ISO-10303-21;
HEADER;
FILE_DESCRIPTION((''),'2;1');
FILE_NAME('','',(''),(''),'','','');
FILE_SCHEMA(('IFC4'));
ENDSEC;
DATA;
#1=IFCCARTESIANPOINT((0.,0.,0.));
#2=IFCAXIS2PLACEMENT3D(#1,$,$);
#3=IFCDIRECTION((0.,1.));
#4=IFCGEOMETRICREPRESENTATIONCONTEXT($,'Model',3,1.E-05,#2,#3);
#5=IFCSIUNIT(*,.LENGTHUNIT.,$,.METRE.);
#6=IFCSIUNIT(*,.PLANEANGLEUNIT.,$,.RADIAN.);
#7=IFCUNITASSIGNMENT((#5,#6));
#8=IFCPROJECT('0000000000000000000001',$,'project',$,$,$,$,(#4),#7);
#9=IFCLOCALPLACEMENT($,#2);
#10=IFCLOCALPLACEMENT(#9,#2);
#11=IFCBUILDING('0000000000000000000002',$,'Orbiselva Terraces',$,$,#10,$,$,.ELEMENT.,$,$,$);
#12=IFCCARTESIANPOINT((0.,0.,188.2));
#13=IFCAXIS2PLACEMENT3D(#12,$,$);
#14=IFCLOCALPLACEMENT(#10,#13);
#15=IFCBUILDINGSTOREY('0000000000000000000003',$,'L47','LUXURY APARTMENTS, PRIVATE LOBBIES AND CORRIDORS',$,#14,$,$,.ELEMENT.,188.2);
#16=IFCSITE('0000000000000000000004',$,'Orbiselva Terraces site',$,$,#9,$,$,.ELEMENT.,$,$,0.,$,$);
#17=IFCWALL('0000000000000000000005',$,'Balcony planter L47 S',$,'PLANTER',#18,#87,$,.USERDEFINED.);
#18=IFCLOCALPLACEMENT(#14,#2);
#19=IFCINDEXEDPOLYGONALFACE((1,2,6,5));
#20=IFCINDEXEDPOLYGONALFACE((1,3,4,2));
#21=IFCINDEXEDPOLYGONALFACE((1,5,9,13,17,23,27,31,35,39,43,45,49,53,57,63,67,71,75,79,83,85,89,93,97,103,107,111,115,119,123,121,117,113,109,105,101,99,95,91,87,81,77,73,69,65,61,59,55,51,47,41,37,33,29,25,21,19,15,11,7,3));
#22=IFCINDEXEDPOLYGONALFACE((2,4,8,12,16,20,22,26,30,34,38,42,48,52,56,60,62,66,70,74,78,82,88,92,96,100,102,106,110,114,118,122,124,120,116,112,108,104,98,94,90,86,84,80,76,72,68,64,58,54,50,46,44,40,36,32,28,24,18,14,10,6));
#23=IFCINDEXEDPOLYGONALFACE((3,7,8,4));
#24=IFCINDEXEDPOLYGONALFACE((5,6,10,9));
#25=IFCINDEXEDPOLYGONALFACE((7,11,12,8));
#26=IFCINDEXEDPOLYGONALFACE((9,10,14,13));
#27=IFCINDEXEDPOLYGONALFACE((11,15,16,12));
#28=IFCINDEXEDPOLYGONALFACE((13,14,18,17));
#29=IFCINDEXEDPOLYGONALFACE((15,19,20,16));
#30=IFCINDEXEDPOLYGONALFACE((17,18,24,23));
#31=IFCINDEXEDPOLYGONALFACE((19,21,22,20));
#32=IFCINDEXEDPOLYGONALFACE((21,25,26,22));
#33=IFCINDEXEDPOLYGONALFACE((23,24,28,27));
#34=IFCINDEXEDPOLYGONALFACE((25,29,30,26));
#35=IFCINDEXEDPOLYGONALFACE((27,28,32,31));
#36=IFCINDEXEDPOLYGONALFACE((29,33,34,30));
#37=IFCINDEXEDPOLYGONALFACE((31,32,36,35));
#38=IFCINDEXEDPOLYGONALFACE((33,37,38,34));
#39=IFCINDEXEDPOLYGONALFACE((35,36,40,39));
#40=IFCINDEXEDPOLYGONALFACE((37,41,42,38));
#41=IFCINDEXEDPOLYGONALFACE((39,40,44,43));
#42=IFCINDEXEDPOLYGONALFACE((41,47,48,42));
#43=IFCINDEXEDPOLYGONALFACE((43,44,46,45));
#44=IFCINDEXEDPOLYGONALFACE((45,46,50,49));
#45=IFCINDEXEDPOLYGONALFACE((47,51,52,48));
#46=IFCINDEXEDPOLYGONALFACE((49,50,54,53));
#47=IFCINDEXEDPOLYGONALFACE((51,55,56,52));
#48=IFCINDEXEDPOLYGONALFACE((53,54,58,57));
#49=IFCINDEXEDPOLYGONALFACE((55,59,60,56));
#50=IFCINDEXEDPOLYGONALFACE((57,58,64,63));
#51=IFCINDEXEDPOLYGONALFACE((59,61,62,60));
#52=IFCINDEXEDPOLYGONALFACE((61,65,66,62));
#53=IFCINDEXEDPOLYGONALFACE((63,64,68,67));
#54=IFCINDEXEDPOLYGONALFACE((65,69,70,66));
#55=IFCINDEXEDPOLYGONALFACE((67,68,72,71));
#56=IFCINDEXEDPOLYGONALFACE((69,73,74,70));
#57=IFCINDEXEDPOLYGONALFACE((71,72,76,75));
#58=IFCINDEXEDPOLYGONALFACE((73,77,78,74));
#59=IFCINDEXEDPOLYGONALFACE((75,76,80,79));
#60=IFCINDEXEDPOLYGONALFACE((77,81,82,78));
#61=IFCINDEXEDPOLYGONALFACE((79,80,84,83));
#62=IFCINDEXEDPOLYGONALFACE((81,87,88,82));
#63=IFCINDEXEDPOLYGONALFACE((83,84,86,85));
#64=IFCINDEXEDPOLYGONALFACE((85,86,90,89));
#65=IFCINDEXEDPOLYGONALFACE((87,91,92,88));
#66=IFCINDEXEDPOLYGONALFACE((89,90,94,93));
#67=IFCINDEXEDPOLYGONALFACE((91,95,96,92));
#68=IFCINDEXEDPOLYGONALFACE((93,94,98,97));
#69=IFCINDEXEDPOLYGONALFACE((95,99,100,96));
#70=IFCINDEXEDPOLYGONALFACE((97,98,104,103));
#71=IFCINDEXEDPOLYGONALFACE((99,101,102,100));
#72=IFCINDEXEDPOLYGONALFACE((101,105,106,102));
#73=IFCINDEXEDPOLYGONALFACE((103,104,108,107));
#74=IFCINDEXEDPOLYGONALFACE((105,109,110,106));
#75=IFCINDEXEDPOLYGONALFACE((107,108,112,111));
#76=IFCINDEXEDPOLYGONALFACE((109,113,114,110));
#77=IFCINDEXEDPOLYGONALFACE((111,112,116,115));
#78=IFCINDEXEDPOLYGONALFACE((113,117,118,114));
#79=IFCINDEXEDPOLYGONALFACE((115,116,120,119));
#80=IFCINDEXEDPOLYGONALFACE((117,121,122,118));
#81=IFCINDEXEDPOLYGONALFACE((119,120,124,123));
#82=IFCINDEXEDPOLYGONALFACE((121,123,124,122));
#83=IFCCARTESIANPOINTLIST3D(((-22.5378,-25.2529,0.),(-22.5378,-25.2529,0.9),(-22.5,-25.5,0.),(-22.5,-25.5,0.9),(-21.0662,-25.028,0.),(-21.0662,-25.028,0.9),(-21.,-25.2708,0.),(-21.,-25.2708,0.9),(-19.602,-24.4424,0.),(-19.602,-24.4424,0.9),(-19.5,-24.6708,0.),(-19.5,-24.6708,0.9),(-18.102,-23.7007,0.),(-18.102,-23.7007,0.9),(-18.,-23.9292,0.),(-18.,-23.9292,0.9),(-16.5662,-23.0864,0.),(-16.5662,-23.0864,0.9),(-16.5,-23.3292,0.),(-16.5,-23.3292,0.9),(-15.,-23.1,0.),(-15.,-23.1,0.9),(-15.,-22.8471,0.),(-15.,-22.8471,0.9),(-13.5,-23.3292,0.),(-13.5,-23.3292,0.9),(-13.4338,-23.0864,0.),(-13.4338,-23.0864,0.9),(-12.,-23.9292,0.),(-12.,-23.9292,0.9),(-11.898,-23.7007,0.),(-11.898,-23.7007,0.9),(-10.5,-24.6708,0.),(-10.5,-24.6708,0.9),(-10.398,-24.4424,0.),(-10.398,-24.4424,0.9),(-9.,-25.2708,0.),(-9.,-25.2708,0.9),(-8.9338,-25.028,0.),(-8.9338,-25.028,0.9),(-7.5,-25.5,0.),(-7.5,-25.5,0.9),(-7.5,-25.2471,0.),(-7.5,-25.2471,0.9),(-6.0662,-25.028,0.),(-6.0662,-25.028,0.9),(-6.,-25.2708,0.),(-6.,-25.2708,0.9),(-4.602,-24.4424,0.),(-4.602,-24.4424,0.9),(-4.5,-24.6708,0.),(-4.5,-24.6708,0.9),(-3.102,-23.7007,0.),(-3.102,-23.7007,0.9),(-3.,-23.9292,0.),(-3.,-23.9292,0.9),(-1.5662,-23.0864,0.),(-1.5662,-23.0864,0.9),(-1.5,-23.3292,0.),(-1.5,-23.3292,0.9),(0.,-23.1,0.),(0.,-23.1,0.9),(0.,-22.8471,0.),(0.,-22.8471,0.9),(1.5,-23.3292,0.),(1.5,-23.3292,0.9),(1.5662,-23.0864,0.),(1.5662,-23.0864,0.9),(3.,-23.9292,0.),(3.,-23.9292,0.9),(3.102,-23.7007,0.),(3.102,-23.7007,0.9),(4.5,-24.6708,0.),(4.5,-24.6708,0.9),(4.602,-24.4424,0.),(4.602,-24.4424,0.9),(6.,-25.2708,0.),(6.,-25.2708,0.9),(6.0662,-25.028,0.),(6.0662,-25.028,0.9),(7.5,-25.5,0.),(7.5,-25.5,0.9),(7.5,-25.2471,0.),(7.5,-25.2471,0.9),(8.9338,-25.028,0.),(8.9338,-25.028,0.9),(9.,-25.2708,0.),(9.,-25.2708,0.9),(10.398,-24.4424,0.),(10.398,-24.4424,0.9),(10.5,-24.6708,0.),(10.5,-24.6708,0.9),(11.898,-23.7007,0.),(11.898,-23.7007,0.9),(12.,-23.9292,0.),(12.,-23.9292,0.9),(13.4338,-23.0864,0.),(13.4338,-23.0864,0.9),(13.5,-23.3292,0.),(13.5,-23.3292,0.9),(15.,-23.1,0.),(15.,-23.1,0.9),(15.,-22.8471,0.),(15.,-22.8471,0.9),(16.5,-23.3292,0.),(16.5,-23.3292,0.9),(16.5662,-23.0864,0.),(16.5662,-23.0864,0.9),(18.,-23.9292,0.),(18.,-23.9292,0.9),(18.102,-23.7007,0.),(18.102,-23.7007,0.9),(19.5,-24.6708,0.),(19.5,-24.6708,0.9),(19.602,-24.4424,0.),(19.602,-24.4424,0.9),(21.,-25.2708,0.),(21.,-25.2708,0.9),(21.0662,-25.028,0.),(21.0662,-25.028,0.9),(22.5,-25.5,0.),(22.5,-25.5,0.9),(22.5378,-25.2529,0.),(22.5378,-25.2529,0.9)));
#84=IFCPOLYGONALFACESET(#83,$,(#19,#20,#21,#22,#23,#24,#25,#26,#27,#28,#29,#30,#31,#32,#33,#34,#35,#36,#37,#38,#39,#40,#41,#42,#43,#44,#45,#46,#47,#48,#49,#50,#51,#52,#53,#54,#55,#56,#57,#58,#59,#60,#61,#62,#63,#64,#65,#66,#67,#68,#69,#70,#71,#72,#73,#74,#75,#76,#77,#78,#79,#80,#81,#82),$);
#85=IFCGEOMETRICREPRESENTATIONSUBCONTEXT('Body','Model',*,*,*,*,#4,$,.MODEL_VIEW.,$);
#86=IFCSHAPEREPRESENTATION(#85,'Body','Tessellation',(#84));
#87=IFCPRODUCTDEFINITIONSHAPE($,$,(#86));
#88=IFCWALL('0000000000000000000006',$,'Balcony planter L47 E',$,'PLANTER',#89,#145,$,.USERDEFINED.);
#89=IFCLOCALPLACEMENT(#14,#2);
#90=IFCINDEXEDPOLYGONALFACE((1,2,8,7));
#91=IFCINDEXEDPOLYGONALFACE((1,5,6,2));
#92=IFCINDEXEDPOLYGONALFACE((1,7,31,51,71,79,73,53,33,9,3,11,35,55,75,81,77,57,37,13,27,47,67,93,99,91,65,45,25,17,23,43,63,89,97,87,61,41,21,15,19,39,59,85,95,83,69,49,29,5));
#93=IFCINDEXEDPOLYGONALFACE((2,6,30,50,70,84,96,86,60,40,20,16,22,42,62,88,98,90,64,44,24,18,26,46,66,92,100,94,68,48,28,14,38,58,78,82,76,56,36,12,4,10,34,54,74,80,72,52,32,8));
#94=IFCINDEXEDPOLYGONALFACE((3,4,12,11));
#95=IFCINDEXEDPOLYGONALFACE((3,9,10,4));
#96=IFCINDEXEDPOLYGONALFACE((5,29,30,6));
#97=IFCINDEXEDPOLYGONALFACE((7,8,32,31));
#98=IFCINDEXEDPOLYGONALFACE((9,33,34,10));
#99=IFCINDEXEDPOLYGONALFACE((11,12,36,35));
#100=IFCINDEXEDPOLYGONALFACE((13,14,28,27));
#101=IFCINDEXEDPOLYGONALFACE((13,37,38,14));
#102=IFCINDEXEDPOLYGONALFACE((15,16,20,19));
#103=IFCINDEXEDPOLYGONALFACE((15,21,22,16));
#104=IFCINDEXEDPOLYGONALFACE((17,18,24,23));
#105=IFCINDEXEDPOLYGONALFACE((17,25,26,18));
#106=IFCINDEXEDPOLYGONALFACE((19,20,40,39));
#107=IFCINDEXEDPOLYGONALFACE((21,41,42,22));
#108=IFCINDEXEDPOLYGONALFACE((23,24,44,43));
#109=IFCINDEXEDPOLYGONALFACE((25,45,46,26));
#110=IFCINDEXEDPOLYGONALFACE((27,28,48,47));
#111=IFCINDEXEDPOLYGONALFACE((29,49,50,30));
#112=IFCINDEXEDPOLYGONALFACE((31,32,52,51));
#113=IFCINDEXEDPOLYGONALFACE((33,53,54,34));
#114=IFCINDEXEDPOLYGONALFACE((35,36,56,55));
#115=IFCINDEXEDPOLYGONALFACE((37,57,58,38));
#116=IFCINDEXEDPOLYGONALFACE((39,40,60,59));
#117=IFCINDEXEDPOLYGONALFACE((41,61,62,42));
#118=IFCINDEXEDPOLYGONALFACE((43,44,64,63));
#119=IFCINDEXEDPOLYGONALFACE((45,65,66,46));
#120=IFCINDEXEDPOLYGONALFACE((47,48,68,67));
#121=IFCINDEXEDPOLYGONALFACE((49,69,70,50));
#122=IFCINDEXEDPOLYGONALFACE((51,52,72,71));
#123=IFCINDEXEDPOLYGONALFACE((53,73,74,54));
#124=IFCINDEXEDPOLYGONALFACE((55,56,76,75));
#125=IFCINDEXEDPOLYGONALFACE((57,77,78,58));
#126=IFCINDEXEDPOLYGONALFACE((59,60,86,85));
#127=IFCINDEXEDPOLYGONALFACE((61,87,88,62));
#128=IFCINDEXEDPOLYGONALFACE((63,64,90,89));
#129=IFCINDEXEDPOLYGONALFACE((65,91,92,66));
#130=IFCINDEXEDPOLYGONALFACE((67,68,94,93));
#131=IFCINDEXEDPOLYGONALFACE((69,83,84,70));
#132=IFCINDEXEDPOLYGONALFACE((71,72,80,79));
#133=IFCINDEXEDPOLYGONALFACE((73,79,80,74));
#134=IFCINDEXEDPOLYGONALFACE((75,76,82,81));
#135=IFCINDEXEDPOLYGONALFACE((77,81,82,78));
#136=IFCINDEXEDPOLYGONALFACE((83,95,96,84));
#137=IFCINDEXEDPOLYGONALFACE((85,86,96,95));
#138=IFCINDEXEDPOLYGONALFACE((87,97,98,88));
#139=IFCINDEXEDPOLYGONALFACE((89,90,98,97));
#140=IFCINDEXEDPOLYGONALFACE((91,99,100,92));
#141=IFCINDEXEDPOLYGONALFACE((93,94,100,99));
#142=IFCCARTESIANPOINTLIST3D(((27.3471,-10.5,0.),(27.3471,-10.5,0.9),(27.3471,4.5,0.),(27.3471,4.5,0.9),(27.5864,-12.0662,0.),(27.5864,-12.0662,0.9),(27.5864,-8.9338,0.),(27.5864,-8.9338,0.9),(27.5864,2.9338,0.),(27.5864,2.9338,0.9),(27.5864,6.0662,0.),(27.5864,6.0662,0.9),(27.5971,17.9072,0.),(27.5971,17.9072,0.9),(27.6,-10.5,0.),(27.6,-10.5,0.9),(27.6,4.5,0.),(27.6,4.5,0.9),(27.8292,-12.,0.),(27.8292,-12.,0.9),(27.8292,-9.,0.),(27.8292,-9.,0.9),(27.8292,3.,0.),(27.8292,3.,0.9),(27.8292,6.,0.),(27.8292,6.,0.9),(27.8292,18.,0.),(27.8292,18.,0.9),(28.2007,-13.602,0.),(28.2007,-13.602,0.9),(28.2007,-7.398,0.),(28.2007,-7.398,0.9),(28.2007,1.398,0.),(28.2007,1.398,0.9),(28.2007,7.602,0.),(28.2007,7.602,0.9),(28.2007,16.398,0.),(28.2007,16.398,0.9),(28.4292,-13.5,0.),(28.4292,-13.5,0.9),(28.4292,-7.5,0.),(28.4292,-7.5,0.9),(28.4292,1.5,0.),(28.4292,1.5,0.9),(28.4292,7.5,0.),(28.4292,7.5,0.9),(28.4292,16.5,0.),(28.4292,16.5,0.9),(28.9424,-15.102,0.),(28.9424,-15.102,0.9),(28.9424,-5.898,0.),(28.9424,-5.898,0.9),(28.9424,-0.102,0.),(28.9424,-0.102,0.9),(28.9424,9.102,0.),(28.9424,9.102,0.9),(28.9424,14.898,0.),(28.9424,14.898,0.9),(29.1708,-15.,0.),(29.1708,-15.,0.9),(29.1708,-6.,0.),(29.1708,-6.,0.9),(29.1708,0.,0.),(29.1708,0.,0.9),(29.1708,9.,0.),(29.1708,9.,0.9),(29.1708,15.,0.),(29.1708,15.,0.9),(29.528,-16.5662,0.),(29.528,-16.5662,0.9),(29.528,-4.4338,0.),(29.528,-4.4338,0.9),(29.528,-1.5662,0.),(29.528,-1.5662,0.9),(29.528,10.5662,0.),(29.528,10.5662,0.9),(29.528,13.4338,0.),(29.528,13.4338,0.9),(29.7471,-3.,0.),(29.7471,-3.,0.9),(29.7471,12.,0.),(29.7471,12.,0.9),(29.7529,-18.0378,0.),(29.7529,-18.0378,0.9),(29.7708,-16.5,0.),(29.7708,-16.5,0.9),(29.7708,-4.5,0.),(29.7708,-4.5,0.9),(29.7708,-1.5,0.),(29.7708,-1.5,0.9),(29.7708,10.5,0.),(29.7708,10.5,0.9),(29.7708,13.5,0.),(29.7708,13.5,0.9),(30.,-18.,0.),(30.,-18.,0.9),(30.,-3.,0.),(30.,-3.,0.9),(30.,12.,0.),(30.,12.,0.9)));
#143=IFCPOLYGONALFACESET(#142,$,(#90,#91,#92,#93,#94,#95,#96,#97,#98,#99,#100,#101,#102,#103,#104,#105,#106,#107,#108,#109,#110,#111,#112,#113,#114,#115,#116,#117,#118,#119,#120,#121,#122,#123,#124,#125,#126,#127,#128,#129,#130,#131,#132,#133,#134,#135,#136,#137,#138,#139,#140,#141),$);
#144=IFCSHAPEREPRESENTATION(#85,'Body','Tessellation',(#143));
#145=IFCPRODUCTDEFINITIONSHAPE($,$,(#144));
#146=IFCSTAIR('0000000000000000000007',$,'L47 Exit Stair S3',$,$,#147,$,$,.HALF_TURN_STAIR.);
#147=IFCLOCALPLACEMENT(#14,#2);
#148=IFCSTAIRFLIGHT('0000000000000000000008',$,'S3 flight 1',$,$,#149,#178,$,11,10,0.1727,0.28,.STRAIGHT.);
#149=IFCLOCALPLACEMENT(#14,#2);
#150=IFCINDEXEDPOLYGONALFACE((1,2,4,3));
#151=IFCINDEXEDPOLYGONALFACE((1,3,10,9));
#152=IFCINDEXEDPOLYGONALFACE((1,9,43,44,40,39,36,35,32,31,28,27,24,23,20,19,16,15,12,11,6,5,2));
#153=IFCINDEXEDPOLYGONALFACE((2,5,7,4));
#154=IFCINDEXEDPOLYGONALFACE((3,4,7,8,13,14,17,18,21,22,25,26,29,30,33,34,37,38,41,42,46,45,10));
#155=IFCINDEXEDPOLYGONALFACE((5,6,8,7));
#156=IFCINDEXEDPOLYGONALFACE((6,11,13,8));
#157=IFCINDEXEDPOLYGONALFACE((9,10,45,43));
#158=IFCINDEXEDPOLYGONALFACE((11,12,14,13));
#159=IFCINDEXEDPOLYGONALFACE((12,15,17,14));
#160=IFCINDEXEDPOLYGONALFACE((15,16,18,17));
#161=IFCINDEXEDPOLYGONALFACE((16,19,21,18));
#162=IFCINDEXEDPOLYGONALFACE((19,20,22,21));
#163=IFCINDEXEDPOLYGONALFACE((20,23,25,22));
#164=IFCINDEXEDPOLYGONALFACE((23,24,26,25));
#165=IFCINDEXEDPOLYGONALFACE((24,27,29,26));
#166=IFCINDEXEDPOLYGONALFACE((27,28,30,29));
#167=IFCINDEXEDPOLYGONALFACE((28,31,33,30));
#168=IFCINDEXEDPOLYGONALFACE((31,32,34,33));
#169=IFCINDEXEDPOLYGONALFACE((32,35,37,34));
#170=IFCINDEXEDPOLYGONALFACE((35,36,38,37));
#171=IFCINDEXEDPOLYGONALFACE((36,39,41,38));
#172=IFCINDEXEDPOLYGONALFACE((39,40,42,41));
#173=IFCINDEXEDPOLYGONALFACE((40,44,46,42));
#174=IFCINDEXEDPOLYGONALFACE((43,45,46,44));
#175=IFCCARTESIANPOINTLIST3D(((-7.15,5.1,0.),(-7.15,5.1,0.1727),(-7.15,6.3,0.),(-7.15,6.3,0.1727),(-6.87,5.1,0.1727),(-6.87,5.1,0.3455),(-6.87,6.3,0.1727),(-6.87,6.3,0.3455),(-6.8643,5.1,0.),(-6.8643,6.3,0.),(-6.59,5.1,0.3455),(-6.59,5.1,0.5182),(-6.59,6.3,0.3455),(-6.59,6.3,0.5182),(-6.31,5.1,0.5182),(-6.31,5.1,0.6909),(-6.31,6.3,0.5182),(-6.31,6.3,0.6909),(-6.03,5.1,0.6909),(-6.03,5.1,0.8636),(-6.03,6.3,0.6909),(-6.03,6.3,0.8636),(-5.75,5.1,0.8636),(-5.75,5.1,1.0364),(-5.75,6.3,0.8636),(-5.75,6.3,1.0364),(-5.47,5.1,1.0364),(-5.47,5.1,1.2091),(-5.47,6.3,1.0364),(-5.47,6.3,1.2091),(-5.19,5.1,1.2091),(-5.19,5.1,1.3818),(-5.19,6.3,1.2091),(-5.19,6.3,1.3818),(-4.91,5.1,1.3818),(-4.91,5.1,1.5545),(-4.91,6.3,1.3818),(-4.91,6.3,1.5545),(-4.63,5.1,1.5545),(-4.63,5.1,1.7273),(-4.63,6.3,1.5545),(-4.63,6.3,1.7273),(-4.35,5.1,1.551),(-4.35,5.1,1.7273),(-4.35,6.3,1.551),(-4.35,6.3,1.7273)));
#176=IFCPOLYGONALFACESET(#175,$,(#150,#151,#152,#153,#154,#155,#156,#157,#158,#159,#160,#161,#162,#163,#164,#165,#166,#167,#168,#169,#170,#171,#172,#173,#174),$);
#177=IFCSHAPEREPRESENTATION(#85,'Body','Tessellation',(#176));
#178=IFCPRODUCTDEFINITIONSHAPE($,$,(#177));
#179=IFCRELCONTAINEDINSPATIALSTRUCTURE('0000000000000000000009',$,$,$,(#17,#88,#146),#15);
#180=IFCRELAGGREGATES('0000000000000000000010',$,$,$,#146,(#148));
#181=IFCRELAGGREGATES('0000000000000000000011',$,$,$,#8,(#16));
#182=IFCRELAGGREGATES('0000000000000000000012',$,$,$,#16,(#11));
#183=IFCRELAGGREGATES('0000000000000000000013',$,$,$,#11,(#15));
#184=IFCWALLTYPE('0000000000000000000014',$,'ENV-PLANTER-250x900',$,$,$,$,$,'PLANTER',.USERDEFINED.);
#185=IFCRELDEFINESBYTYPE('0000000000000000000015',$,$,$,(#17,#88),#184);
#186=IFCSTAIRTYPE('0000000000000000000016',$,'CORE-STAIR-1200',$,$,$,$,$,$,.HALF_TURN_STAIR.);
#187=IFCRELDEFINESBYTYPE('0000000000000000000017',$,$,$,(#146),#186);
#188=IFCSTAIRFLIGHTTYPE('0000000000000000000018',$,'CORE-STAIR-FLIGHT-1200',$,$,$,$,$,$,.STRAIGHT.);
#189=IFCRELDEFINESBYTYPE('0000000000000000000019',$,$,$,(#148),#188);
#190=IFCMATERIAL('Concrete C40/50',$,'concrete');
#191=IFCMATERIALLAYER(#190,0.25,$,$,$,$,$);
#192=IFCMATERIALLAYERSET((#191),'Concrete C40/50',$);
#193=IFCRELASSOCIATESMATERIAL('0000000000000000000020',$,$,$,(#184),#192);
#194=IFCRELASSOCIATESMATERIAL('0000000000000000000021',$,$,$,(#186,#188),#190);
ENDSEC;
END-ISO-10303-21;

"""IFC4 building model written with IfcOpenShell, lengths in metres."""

from ifc_helpers import new_model, si_unit, direction, frame, origin, place, context, subcontext, project, spatial, polyline, outline, extrude, material, layer, layer_set, type_object, element, aggregate, save


model = new_model("IFC4")

# Units and contexts
model_context = context("Model", 3, precision=1e-05, world=origin(), true_north=direction((0.0, 1.0)))
body_context = subcontext(model_context, "Body", "Model", "MODEL_VIEW")
ifc_project = project(units=[si_unit("LENGTHUNIT", "METRE"), si_unit("PLANEANGLEUNIT", "RADIAN")], contexts=[model_context])

# Site, building, storey
site_placement = place(None, origin())
site = spatial("IfcSite", under=ifc_project, at=site_placement, Name="Orbiselva Terraces site", CompositionType="ELEMENT", RefElevation=0.0)
building_placement = place(site_placement, origin())
building = spatial("IfcBuilding", under=site, at=building_placement, Name="Orbiselva Terraces", CompositionType="ELEMENT")
storey_placement = place(building_placement, frame((0.0, 0.0, 188.2)))
storey = spatial("IfcBuildingStorey", under=building, at=storey_placement, Name="L47", Description="LUXURY APARTMENTS, PRIVATE LOBBIES AND CORRIDORS", CompositionType="ELEMENT", Elevation=188.2)

# Walls
ifc_material_1 = material(Name="Concrete C40/50", Category="concrete")
ifc_layer_1 = layer(ifc_material_1, 0.25)
ifc_layer_set_1 = layer_set([ifc_layer_1], Name="Concrete C40/50")
wall_type_1 = type_object("IfcWallType", Name="ENV-PLANTER-250x900", ElementType="PLANTER", PredefinedType="USERDEFINED", material=ifc_layer_set_1)
wall_1_placement = place(storey_placement, origin())
element("IfcWall", 1, at=wall_1_placement, inside=storey, type_object=wall_type_1, Name="Balcony planter L47 S", ObjectType="PLANTER", PredefinedType="USERDEFINED", context=body_context, shape_type="SweptSolid", body=[
    extrude(outline(polyline([(-22.5, -25.5), (-21.0, -25.2708), (-19.5, -24.6708), (-18.0, -23.9292), (-16.5, -23.3292), (-15.0, -23.1), (-13.5, -23.3292), (-12.0, -23.9292), (-10.5, -24.6708), (-9.0, -25.2708), (-7.5, -25.5), (-6.0, -25.2708), (-4.5, -24.6708), (-3.0, -23.9292), (-1.5, -23.3292), (0.0, -23.1), (1.5, -23.3292), (3.0, -23.9292), (4.5, -24.6708), (6.0, -25.2708), (7.5, -25.5), (9.0, -25.2708), (10.5, -24.6708), (12.0, -23.9292), (13.5, -23.3292), (15.0, -23.1), (16.5, -23.3292), (18.0, -23.9292), (19.5, -24.6708), (21.0, -25.2708), (22.5, -25.5), (22.5378, -25.2529), (21.0662, -25.028), (19.602, -24.4424), (18.102, -23.7007), (16.5662, -23.0864), (15.0, -22.8471), (13.4338, -23.0864), (11.898, -23.7007), (10.398, -24.4424), (8.9338, -25.028), (7.5, -25.2471), (6.0662, -25.028), (4.602, -24.4424), (3.102, -23.7007), (1.5662, -23.0864), (0.0, -22.8471), (-1.5662, -23.0864), (-3.102, -23.7007), (-4.602, -24.4424), (-6.0662, -25.028), (-7.5, -25.2471), (-8.9338, -25.028), (-10.398, -24.4424), (-11.898, -23.7007), (-13.4338, -23.0864), (-15.0, -22.8471), (-16.5662, -23.0864), (-18.102, -23.7007), (-19.602, -24.4424), (-21.0662, -25.028), (-22.5378, -25.2529), (-22.5, -25.5)])), origin(), (0.0, 0.0, 1.0), 0.9),
])
wall_2_placement = place(storey_placement, origin())
element("IfcWall", 2, at=wall_2_placement, inside=storey, type_object=wall_type_1, Name="Balcony planter L47 E", ObjectType="PLANTER", PredefinedType="USERDEFINED", context=body_context, shape_type="SweptSolid", body=[
    extrude(outline(polyline([(30.0, -18.0), (29.7708, -16.5), (29.1708, -15.0), (28.4292, -13.5), (27.8292, -12.0), (27.6, -10.5), (27.8292, -9.0), (28.4292, -7.5), (29.1708, -6.0), (29.7708, -4.5), (30.0, -3.0), (29.7708, -1.5), (29.1708, 0.0), (28.4292, 1.5), (27.8292, 3.0), (27.6, 4.5), (27.8292, 6.0), (28.4292, 7.5), (29.1708, 9.0), (29.7708, 10.5), (30.0, 12.0), (29.7708, 13.5), (29.1708, 15.0), (28.4292, 16.5), (27.8292, 18.0), (27.5971, 17.9072), (28.2007, 16.398), (28.9424, 14.898), (29.528, 13.4338), (29.7471, 12.0), (29.528, 10.5662), (28.9424, 9.102), (28.2007, 7.602), (27.5864, 6.0662), (27.3471, 4.5), (27.5864, 2.9338), (28.2007, 1.398), (28.9424, -0.102), (29.528, -1.5662), (29.7471, -3.0), (29.528, -4.4338), (28.9424, -5.898), (28.2007, -7.398), (27.5864, -8.9338), (27.3471, -10.5), (27.5864, -12.0662), (28.2007, -13.602), (28.9424, -15.102), (29.528, -16.5662), (29.7529, -18.0378), (30.0, -18.0)])), origin(), (0.0, 0.0, 1.0), 0.9),
])

# Stair, stair flight
stair_type = type_object("IfcStairType", Name="CORE-STAIR-1200", PredefinedType="HALF_TURN_STAIR", material=ifc_material_1)
stair_placement = place(storey_placement, origin())
stair = element("IfcStair", 3, at=stair_placement, inside=storey, type_object=stair_type, Name="L47 Exit Stair S3", PredefinedType="HALF_TURN_STAIR")
stair_flight_type = type_object("IfcStairFlightType", Name="CORE-STAIR-FLIGHT-1200", PredefinedType="STRAIGHT", material=ifc_material_1)
stair_flight_1_placement = place(storey_placement, frame((-7.15, 5.7, 0.0), z_axis=(0.0, 0.0, 1.0), x_axis=(1.0, 0.0, 0.0)))
stair_flight_1 = element("IfcStairFlight", 4, at=stair_flight_1_placement, type_object=stair_flight_type, Name="S3 flight 1", NumberOfRisers=11, NumberOfTreads=10, PredefinedType="STRAIGHT", RiserHeight=0.1727, TreadLength=0.28, context=body_context, shape_type="SweptSolid", body=[
    extrude(outline(polyline([(0.0, 0.0), (0.0, 0.1727), (0.28, 0.1727), (0.28, 0.3455), (0.56, 0.3455), (0.56, 0.5182), (0.84, 0.5182), (0.84, 0.6909), (1.12, 0.6909), (1.12, 0.8636), (1.4, 0.8636), (1.4, 1.0364), (1.68, 1.0364), (1.68, 1.2091), (1.96, 1.2091), (1.96, 1.3818), (2.24, 1.3818), (2.24, 1.5545), (2.52, 1.5545), (2.52, 1.7273), (2.8, 1.7273), (2.8, 1.9), (2.8, 1.551), (0.2857, 0.0), (0.0, 0.0)])), frame((0.0, 0.6, 0.0), z_axis=(0.0, -1.0, 0.0), x_axis=(1.0, 0.0, 0.0)), (0.0, 0.0, 1.0), 1.2),
])
aggregate(stair, [stair_flight_1])

save(model, "model.ifc")
